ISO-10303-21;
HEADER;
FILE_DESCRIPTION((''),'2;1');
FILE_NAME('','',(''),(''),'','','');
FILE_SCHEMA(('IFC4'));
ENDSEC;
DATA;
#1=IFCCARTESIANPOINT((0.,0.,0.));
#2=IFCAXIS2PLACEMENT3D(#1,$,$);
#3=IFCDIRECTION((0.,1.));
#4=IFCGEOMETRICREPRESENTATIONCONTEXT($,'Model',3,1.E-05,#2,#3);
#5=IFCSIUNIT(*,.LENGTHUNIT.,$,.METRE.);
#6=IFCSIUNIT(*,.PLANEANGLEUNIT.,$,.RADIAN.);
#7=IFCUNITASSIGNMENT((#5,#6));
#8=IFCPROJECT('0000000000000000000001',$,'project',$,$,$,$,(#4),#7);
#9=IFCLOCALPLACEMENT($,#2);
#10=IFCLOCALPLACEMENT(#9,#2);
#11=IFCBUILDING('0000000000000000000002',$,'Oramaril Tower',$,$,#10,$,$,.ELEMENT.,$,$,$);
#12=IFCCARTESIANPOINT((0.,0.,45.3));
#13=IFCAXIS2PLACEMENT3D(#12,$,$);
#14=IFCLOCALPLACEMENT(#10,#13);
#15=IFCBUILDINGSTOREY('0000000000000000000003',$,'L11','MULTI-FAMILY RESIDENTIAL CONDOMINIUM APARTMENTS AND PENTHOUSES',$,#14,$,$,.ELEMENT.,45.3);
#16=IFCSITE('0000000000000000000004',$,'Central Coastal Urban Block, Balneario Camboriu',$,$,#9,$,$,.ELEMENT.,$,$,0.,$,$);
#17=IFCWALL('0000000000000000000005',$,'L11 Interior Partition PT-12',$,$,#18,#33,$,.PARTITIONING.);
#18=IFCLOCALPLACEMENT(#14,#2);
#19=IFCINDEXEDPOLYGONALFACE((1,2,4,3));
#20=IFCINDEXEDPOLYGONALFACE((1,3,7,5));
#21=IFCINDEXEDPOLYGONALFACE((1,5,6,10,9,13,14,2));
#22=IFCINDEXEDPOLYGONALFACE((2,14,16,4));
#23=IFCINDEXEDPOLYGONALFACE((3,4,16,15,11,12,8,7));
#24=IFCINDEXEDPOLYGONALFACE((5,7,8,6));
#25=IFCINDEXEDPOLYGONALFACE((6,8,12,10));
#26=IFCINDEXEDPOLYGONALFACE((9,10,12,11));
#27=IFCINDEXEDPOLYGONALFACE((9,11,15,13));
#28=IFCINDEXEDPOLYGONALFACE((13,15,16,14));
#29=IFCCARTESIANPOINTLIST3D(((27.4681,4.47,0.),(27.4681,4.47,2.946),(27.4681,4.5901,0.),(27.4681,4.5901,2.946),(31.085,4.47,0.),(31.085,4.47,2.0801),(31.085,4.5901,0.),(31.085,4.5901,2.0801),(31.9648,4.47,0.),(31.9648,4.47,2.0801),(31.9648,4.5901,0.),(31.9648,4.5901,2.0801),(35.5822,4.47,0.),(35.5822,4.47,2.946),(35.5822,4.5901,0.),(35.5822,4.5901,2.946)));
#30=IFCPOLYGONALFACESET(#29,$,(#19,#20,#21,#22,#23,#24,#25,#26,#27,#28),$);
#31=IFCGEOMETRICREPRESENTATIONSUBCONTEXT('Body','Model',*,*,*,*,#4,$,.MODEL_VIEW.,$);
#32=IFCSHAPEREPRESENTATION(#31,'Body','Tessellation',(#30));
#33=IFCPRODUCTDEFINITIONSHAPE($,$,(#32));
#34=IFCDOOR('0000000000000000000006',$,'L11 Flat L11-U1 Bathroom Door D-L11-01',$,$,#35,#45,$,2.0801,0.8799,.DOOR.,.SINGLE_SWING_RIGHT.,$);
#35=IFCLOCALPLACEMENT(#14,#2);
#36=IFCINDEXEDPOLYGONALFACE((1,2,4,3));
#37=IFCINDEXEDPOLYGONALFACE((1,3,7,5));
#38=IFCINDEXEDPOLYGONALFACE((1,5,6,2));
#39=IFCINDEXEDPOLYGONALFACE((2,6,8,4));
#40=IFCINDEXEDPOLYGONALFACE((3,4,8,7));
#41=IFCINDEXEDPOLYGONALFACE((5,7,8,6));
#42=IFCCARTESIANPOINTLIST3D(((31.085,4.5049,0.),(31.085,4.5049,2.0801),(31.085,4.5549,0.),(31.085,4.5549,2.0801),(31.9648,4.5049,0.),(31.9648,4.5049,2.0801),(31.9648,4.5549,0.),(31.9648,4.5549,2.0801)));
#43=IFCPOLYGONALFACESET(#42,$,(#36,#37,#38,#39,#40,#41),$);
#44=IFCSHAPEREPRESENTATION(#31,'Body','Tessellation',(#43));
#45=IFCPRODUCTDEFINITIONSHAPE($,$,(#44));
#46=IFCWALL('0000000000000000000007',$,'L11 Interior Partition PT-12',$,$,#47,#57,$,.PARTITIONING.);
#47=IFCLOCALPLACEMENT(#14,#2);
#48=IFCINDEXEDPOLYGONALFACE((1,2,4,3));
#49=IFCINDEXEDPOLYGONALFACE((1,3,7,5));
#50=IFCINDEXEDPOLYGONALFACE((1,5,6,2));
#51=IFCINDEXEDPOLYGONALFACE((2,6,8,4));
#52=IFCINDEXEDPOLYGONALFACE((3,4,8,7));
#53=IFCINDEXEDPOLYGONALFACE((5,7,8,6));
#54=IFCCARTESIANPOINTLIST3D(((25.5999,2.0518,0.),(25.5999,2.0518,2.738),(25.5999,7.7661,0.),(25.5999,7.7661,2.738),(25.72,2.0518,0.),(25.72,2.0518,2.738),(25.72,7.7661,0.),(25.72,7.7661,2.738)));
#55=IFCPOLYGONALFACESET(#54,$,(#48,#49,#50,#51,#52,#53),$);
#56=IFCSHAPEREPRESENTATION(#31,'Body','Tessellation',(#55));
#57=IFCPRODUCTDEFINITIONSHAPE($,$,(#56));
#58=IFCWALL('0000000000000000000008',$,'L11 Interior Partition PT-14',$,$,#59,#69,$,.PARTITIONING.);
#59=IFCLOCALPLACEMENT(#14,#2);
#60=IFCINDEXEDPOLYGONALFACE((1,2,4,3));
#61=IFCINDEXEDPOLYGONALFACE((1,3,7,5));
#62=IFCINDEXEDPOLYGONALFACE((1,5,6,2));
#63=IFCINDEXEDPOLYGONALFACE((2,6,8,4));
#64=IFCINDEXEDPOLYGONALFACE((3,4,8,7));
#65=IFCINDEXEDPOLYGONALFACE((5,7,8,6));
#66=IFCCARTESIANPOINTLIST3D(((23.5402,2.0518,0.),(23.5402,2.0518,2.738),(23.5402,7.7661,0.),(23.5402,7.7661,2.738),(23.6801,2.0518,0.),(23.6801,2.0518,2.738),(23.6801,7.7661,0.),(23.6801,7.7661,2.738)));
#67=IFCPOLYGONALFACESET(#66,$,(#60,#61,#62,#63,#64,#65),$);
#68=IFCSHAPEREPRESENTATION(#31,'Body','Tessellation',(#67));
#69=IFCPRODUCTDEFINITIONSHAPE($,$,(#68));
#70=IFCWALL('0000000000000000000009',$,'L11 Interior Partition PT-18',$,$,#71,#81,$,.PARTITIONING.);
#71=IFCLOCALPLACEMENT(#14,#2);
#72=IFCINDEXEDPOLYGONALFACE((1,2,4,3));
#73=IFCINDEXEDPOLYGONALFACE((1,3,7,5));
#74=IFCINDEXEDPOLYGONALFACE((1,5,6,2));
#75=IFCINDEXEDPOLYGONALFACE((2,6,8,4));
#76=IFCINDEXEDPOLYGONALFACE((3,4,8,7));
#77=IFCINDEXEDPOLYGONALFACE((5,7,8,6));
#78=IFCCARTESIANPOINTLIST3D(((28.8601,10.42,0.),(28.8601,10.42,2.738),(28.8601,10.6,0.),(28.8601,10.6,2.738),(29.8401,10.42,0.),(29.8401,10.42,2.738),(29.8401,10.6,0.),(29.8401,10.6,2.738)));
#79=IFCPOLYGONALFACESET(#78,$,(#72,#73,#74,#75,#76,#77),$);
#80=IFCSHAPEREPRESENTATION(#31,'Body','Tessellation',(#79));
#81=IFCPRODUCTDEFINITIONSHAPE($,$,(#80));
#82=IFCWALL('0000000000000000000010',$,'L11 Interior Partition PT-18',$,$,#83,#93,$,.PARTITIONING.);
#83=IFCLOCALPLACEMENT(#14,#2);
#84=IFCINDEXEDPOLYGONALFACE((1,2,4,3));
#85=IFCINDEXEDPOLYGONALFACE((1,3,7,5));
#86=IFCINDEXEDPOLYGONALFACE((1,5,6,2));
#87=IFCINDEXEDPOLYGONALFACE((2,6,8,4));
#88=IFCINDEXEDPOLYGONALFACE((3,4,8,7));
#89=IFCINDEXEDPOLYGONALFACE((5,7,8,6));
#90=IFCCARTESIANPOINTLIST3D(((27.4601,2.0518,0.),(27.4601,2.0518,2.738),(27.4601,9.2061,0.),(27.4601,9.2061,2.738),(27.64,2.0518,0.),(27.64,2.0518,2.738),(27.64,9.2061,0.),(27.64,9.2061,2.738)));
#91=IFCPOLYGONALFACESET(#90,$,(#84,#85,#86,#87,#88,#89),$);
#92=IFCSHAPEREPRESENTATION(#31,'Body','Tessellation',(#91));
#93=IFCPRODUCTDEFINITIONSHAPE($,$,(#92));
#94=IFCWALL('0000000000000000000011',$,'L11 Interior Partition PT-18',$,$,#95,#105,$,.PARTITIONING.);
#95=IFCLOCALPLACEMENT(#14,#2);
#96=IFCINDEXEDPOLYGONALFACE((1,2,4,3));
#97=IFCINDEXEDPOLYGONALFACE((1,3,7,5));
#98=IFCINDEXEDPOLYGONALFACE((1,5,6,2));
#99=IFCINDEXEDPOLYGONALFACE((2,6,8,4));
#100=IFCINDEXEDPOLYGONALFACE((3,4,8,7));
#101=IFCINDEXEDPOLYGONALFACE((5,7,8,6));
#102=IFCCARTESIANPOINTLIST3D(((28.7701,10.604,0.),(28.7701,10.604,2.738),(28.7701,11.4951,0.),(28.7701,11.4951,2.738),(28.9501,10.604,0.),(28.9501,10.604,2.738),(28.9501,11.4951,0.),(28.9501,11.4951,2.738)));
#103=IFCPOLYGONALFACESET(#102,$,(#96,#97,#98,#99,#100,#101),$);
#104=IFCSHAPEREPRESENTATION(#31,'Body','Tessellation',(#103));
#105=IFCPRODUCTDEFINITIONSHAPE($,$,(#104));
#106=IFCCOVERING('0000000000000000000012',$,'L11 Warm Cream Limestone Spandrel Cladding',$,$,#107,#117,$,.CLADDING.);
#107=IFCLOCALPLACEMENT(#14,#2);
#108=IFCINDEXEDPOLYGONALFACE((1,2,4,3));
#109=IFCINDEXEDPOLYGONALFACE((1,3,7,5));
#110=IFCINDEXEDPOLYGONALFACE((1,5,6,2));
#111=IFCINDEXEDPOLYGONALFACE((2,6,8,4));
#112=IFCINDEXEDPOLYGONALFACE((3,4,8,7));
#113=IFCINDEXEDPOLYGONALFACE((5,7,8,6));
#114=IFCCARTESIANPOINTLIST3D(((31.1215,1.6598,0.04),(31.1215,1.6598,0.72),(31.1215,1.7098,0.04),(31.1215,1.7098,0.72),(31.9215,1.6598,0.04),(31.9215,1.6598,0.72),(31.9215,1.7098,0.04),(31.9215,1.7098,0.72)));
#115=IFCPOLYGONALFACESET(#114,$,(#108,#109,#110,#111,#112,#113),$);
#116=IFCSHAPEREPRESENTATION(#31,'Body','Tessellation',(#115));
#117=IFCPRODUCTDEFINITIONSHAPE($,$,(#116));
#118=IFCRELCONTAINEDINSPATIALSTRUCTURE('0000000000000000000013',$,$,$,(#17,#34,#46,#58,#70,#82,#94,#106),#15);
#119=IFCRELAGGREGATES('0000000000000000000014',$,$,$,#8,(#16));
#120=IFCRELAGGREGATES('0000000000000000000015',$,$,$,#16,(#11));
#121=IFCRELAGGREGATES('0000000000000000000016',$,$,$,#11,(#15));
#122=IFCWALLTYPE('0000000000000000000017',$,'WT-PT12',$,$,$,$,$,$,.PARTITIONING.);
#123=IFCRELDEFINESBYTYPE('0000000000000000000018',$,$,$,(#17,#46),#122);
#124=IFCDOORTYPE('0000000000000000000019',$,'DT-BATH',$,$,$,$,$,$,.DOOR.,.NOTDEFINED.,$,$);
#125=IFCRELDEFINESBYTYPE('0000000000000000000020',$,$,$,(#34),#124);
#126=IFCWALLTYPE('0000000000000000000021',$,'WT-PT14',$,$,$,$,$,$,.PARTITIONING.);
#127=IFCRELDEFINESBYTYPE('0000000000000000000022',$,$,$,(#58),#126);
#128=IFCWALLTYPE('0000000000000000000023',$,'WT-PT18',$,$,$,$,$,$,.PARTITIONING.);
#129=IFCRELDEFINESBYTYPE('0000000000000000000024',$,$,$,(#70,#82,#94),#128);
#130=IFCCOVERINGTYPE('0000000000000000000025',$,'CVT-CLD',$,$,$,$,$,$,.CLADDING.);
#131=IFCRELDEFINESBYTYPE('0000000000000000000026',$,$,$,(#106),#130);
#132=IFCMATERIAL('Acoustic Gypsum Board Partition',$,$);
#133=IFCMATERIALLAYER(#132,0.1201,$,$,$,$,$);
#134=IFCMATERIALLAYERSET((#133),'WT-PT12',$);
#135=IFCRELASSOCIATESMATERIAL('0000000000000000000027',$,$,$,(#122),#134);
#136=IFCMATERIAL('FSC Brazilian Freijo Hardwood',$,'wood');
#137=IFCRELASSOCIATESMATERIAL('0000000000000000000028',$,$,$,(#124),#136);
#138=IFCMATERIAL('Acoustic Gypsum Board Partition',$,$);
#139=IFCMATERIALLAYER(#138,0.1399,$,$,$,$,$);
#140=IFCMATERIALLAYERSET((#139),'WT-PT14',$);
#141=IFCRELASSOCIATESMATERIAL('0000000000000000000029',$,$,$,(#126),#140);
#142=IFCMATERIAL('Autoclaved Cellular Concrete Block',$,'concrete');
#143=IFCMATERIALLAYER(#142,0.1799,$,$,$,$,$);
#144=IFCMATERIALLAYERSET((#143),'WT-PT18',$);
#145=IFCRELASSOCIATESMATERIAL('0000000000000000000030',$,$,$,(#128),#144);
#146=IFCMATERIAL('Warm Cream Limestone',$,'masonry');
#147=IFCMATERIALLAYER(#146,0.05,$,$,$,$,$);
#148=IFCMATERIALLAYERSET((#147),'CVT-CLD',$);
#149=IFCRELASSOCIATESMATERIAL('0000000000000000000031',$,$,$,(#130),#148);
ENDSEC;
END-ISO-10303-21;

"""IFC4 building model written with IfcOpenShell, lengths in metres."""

from ifc_helpers import new_model, si_unit, direction, frame, frame_2d, origin, origin_2d, place, context, subcontext, project, spatial, rectangle, extrude, material, layer, layer_set, type_object, element, fill, save


model = new_model("IFC4")

# Units and contexts
model_context = context("Model", 3, precision=1e-05, world=origin(), true_north=direction((0.0, 1.0)))
body_context = subcontext(model_context, "Body", "Model", "MODEL_VIEW")
ifc_project = project(units=[si_unit("LENGTHUNIT", "METRE"), si_unit("PLANEANGLEUNIT", "RADIAN")], contexts=[model_context])

# Site, building, storey
site_placement = place(None, origin())
site = spatial("IfcSite", under=ifc_project, at=site_placement, Name="Central Coastal Urban Block, Balneario Camboriu", CompositionType="ELEMENT", RefElevation=0.0)
building_placement = place(site_placement, origin())
building = spatial("IfcBuilding", under=site, at=building_placement, Name="Oramaril Tower", CompositionType="ELEMENT")
storey_placement = place(building_placement, frame((0.0, 0.0, 45.3)))
storey = spatial("IfcBuildingStorey", under=building, at=storey_placement, Name="L11", Description="MULTI-FAMILY RESIDENTIAL CONDOMINIUM APARTMENTS AND PENTHOUSES", CompositionType="ELEMENT", Elevation=45.3)

# Wall, opening, door
ifc_material_1 = material(Name="Acoustic Gypsum Board Partition")
ifc_layer_1 = layer(ifc_material_1, 0.1201)
ifc_layer_set_1 = layer_set([ifc_layer_1], Name="WT-PT12")
wall_type_1 = type_object("IfcWallType", Name="WT-PT12", PredefinedType="PARTITIONING", material=ifc_layer_set_1)
wall_1_placement = place(storey_placement, frame((27.468, 4.53, 0.0), z_axis=(0.0, 0.0, 1.0), x_axis=(1.0, 0.0, 0.0)))
wall_1 = element("IfcWall", 1, at=wall_1_placement, inside=storey, type_object=wall_type_1, Name="L11 Interior Partition PT-12", PredefinedType="PARTITIONING", context=body_context, shape_type="SweptSolid", body=[
    extrude(rectangle(XDim=8.114, YDim=0.1201, at=frame_2d((4.0571, 0.0))), origin(), (0.0, 0.0, 1.0), 2.946),
])
opening_placement = place(wall_1_placement, frame((3.6169, 0.0, 0.0)))
opening = element("IfcOpeningElement", 2, at=opening_placement, cuts=wall_1, PredefinedType="OPENING", context=body_context, shape_type="SweptSolid", body=[
    extrude(rectangle(XDim=0.8799, YDim=2.0801, at=frame_2d((0.4399, 1.04))), frame((0.0, 0.0601, 0.0), z_axis=(0.0, -1.0, 0.0), x_axis=(1.0, 0.0, 0.0)), (0.0, 0.0, 1.0), 0.1201),
])
ifc_material_2 = material(Name="FSC Brazilian Freijo Hardwood", Category="wood")
door_type = type_object("IfcDoorType", Name="DT-BATH", OperationType="NOTDEFINED", PredefinedType="DOOR", material=ifc_material_2)
door_placement = place(opening_placement, origin())
door = element("IfcDoor", 3, at=door_placement, inside=storey, type_object=door_type, Name="L11 Flat L11-U1 Bathroom Door D-L11-01", OperationType="SINGLE_SWING_RIGHT", OverallHeight=2.0801, OverallWidth=0.8799, PredefinedType="DOOR", context=body_context, shape_type="SweptSolid", body=[
    extrude(rectangle(XDim=0.8799, YDim=2.0801, at=frame_2d((0.4399, 1.04))), frame((0.0, 0.0249, 0.0), z_axis=(0.0, -1.0, 0.0), x_axis=(1.0, 0.0, 0.0)), (0.0, 0.0, 1.0), 0.05),
])
fill(opening, door)

# Walls
wall_2_placement = place(storey_placement, frame((25.6599, 2.0518, 0.0), z_axis=(0.0, 0.0, 1.0), x_axis=(0.0, 1.0, 0.0)))
element("IfcWall", 4, at=wall_2_placement, inside=storey, type_object=wall_type_1, Name="L11 Interior Partition PT-12", PredefinedType="PARTITIONING", context=body_context, shape_type="SweptSolid", body=[
    extrude(rectangle(XDim=5.7144, YDim=0.1201, at=frame_2d((2.8572, 0.0))), origin(), (0.0, 0.0, 1.0), 2.738),
])
ifc_material_3 = material(Name="Acoustic Gypsum Board Partition")
ifc_layer_2 = layer(ifc_material_3, 0.1399)
ifc_layer_set_2 = layer_set([ifc_layer_2], Name="WT-PT14")
wall_type_2 = type_object("IfcWallType", Name="WT-PT14", PredefinedType="PARTITIONING", material=ifc_layer_set_2)
wall_3_placement = place(storey_placement, frame((23.6101, 2.0518, 0.0), z_axis=(0.0, 0.0, 1.0), x_axis=(0.0, 1.0, 0.0)))
element("IfcWall", 5, at=wall_3_placement, inside=storey, type_object=wall_type_2, Name="L11 Interior Partition PT-14", PredefinedType="PARTITIONING", context=body_context, shape_type="SweptSolid", body=[
    extrude(rectangle(XDim=5.7144, YDim=0.1399, at=frame_2d((2.8572, 0.0))), origin(), (0.0, 0.0, 1.0), 2.738),
])
ifc_material_4 = material(Name="Autoclaved Cellular Concrete Block", Category="concrete")
ifc_layer_3 = layer(ifc_material_4, 0.1799)
ifc_layer_set_3 = layer_set([ifc_layer_3], Name="WT-PT18")
wall_type_3 = type_object("IfcWallType", Name="WT-PT18", PredefinedType="PARTITIONING", material=ifc_layer_set_3)
wall_4_placement = place(storey_placement, frame((28.8601, 10.51, 0.0), z_axis=(0.0, 0.0, 1.0), x_axis=(1.0, 0.0, 0.0)))
element("IfcWall", 6, at=wall_4_placement, inside=storey, type_object=wall_type_3, Name="L11 Interior Partition PT-18", PredefinedType="PARTITIONING", context=body_context, shape_type="SweptSolid", body=[
    extrude(rectangle(XDim=0.98, YDim=0.1799, at=frame_2d((0.49, 0.0))), origin(), (0.0, 0.0, 1.0), 2.738),
])
wall_5_placement = place(storey_placement, frame((27.55, 2.0518, 0.0), z_axis=(0.0, 0.0, 1.0), x_axis=(0.0, 1.0, 0.0)))
element("IfcWall", 7, at=wall_5_placement, inside=storey, type_object=wall_type_3, Name="L11 Interior Partition PT-18", PredefinedType="PARTITIONING", context=body_context, shape_type="SweptSolid", body=[
    extrude(rectangle(XDim=7.1543, YDim=0.1799, at=frame_2d((3.5771, 0.0))), origin(), (0.0, 0.0, 1.0), 2.738),
])
wall_6_placement = place(storey_placement, frame((28.8601, 10.604, 0.0), z_axis=(0.0, 0.0, 1.0), x_axis=(0.0, 1.0, 0.0)))
element("IfcWall", 8, at=wall_6_placement, inside=storey, type_object=wall_type_3, Name="L11 Interior Partition PT-18", PredefinedType="PARTITIONING", context=body_context, shape_type="SweptSolid", body=[
    extrude(rectangle(XDim=0.8911, YDim=0.1799, at=frame_2d((0.4456, 0.0))), origin(), (0.0, 0.0, 1.0), 2.738),
])

# Covering
ifc_material_5 = material(Name="Warm Cream Limestone", Category="masonry")
ifc_layer_4 = layer(ifc_material_5, 0.05)
ifc_layer_set_4 = layer_set([ifc_layer_4], Name="CVT-CLD")
covering_type = type_object("IfcCoveringType", Name="CVT-CLD", PredefinedType="CLADDING", material=ifc_layer_set_4)
covering_placement = place(storey_placement, frame((31.5215, 1.6848, 0.04), z_axis=(0.0, 0.0, 1.0), x_axis=(1.0, 0.0, 0.0)))
element("IfcCovering", 9, at=covering_placement, inside=storey, type_object=covering_type, Name="L11 Warm Cream Limestone Spandrel Cladding", PredefinedType="CLADDING", context=body_context, shape_type="SweptSolid", body=[
    extrude(rectangle(XDim=0.8, YDim=0.05, at=origin_2d()), origin(), (0.0, 0.0, 1.0), 0.6799),
])

save(model, "model.ifc")
